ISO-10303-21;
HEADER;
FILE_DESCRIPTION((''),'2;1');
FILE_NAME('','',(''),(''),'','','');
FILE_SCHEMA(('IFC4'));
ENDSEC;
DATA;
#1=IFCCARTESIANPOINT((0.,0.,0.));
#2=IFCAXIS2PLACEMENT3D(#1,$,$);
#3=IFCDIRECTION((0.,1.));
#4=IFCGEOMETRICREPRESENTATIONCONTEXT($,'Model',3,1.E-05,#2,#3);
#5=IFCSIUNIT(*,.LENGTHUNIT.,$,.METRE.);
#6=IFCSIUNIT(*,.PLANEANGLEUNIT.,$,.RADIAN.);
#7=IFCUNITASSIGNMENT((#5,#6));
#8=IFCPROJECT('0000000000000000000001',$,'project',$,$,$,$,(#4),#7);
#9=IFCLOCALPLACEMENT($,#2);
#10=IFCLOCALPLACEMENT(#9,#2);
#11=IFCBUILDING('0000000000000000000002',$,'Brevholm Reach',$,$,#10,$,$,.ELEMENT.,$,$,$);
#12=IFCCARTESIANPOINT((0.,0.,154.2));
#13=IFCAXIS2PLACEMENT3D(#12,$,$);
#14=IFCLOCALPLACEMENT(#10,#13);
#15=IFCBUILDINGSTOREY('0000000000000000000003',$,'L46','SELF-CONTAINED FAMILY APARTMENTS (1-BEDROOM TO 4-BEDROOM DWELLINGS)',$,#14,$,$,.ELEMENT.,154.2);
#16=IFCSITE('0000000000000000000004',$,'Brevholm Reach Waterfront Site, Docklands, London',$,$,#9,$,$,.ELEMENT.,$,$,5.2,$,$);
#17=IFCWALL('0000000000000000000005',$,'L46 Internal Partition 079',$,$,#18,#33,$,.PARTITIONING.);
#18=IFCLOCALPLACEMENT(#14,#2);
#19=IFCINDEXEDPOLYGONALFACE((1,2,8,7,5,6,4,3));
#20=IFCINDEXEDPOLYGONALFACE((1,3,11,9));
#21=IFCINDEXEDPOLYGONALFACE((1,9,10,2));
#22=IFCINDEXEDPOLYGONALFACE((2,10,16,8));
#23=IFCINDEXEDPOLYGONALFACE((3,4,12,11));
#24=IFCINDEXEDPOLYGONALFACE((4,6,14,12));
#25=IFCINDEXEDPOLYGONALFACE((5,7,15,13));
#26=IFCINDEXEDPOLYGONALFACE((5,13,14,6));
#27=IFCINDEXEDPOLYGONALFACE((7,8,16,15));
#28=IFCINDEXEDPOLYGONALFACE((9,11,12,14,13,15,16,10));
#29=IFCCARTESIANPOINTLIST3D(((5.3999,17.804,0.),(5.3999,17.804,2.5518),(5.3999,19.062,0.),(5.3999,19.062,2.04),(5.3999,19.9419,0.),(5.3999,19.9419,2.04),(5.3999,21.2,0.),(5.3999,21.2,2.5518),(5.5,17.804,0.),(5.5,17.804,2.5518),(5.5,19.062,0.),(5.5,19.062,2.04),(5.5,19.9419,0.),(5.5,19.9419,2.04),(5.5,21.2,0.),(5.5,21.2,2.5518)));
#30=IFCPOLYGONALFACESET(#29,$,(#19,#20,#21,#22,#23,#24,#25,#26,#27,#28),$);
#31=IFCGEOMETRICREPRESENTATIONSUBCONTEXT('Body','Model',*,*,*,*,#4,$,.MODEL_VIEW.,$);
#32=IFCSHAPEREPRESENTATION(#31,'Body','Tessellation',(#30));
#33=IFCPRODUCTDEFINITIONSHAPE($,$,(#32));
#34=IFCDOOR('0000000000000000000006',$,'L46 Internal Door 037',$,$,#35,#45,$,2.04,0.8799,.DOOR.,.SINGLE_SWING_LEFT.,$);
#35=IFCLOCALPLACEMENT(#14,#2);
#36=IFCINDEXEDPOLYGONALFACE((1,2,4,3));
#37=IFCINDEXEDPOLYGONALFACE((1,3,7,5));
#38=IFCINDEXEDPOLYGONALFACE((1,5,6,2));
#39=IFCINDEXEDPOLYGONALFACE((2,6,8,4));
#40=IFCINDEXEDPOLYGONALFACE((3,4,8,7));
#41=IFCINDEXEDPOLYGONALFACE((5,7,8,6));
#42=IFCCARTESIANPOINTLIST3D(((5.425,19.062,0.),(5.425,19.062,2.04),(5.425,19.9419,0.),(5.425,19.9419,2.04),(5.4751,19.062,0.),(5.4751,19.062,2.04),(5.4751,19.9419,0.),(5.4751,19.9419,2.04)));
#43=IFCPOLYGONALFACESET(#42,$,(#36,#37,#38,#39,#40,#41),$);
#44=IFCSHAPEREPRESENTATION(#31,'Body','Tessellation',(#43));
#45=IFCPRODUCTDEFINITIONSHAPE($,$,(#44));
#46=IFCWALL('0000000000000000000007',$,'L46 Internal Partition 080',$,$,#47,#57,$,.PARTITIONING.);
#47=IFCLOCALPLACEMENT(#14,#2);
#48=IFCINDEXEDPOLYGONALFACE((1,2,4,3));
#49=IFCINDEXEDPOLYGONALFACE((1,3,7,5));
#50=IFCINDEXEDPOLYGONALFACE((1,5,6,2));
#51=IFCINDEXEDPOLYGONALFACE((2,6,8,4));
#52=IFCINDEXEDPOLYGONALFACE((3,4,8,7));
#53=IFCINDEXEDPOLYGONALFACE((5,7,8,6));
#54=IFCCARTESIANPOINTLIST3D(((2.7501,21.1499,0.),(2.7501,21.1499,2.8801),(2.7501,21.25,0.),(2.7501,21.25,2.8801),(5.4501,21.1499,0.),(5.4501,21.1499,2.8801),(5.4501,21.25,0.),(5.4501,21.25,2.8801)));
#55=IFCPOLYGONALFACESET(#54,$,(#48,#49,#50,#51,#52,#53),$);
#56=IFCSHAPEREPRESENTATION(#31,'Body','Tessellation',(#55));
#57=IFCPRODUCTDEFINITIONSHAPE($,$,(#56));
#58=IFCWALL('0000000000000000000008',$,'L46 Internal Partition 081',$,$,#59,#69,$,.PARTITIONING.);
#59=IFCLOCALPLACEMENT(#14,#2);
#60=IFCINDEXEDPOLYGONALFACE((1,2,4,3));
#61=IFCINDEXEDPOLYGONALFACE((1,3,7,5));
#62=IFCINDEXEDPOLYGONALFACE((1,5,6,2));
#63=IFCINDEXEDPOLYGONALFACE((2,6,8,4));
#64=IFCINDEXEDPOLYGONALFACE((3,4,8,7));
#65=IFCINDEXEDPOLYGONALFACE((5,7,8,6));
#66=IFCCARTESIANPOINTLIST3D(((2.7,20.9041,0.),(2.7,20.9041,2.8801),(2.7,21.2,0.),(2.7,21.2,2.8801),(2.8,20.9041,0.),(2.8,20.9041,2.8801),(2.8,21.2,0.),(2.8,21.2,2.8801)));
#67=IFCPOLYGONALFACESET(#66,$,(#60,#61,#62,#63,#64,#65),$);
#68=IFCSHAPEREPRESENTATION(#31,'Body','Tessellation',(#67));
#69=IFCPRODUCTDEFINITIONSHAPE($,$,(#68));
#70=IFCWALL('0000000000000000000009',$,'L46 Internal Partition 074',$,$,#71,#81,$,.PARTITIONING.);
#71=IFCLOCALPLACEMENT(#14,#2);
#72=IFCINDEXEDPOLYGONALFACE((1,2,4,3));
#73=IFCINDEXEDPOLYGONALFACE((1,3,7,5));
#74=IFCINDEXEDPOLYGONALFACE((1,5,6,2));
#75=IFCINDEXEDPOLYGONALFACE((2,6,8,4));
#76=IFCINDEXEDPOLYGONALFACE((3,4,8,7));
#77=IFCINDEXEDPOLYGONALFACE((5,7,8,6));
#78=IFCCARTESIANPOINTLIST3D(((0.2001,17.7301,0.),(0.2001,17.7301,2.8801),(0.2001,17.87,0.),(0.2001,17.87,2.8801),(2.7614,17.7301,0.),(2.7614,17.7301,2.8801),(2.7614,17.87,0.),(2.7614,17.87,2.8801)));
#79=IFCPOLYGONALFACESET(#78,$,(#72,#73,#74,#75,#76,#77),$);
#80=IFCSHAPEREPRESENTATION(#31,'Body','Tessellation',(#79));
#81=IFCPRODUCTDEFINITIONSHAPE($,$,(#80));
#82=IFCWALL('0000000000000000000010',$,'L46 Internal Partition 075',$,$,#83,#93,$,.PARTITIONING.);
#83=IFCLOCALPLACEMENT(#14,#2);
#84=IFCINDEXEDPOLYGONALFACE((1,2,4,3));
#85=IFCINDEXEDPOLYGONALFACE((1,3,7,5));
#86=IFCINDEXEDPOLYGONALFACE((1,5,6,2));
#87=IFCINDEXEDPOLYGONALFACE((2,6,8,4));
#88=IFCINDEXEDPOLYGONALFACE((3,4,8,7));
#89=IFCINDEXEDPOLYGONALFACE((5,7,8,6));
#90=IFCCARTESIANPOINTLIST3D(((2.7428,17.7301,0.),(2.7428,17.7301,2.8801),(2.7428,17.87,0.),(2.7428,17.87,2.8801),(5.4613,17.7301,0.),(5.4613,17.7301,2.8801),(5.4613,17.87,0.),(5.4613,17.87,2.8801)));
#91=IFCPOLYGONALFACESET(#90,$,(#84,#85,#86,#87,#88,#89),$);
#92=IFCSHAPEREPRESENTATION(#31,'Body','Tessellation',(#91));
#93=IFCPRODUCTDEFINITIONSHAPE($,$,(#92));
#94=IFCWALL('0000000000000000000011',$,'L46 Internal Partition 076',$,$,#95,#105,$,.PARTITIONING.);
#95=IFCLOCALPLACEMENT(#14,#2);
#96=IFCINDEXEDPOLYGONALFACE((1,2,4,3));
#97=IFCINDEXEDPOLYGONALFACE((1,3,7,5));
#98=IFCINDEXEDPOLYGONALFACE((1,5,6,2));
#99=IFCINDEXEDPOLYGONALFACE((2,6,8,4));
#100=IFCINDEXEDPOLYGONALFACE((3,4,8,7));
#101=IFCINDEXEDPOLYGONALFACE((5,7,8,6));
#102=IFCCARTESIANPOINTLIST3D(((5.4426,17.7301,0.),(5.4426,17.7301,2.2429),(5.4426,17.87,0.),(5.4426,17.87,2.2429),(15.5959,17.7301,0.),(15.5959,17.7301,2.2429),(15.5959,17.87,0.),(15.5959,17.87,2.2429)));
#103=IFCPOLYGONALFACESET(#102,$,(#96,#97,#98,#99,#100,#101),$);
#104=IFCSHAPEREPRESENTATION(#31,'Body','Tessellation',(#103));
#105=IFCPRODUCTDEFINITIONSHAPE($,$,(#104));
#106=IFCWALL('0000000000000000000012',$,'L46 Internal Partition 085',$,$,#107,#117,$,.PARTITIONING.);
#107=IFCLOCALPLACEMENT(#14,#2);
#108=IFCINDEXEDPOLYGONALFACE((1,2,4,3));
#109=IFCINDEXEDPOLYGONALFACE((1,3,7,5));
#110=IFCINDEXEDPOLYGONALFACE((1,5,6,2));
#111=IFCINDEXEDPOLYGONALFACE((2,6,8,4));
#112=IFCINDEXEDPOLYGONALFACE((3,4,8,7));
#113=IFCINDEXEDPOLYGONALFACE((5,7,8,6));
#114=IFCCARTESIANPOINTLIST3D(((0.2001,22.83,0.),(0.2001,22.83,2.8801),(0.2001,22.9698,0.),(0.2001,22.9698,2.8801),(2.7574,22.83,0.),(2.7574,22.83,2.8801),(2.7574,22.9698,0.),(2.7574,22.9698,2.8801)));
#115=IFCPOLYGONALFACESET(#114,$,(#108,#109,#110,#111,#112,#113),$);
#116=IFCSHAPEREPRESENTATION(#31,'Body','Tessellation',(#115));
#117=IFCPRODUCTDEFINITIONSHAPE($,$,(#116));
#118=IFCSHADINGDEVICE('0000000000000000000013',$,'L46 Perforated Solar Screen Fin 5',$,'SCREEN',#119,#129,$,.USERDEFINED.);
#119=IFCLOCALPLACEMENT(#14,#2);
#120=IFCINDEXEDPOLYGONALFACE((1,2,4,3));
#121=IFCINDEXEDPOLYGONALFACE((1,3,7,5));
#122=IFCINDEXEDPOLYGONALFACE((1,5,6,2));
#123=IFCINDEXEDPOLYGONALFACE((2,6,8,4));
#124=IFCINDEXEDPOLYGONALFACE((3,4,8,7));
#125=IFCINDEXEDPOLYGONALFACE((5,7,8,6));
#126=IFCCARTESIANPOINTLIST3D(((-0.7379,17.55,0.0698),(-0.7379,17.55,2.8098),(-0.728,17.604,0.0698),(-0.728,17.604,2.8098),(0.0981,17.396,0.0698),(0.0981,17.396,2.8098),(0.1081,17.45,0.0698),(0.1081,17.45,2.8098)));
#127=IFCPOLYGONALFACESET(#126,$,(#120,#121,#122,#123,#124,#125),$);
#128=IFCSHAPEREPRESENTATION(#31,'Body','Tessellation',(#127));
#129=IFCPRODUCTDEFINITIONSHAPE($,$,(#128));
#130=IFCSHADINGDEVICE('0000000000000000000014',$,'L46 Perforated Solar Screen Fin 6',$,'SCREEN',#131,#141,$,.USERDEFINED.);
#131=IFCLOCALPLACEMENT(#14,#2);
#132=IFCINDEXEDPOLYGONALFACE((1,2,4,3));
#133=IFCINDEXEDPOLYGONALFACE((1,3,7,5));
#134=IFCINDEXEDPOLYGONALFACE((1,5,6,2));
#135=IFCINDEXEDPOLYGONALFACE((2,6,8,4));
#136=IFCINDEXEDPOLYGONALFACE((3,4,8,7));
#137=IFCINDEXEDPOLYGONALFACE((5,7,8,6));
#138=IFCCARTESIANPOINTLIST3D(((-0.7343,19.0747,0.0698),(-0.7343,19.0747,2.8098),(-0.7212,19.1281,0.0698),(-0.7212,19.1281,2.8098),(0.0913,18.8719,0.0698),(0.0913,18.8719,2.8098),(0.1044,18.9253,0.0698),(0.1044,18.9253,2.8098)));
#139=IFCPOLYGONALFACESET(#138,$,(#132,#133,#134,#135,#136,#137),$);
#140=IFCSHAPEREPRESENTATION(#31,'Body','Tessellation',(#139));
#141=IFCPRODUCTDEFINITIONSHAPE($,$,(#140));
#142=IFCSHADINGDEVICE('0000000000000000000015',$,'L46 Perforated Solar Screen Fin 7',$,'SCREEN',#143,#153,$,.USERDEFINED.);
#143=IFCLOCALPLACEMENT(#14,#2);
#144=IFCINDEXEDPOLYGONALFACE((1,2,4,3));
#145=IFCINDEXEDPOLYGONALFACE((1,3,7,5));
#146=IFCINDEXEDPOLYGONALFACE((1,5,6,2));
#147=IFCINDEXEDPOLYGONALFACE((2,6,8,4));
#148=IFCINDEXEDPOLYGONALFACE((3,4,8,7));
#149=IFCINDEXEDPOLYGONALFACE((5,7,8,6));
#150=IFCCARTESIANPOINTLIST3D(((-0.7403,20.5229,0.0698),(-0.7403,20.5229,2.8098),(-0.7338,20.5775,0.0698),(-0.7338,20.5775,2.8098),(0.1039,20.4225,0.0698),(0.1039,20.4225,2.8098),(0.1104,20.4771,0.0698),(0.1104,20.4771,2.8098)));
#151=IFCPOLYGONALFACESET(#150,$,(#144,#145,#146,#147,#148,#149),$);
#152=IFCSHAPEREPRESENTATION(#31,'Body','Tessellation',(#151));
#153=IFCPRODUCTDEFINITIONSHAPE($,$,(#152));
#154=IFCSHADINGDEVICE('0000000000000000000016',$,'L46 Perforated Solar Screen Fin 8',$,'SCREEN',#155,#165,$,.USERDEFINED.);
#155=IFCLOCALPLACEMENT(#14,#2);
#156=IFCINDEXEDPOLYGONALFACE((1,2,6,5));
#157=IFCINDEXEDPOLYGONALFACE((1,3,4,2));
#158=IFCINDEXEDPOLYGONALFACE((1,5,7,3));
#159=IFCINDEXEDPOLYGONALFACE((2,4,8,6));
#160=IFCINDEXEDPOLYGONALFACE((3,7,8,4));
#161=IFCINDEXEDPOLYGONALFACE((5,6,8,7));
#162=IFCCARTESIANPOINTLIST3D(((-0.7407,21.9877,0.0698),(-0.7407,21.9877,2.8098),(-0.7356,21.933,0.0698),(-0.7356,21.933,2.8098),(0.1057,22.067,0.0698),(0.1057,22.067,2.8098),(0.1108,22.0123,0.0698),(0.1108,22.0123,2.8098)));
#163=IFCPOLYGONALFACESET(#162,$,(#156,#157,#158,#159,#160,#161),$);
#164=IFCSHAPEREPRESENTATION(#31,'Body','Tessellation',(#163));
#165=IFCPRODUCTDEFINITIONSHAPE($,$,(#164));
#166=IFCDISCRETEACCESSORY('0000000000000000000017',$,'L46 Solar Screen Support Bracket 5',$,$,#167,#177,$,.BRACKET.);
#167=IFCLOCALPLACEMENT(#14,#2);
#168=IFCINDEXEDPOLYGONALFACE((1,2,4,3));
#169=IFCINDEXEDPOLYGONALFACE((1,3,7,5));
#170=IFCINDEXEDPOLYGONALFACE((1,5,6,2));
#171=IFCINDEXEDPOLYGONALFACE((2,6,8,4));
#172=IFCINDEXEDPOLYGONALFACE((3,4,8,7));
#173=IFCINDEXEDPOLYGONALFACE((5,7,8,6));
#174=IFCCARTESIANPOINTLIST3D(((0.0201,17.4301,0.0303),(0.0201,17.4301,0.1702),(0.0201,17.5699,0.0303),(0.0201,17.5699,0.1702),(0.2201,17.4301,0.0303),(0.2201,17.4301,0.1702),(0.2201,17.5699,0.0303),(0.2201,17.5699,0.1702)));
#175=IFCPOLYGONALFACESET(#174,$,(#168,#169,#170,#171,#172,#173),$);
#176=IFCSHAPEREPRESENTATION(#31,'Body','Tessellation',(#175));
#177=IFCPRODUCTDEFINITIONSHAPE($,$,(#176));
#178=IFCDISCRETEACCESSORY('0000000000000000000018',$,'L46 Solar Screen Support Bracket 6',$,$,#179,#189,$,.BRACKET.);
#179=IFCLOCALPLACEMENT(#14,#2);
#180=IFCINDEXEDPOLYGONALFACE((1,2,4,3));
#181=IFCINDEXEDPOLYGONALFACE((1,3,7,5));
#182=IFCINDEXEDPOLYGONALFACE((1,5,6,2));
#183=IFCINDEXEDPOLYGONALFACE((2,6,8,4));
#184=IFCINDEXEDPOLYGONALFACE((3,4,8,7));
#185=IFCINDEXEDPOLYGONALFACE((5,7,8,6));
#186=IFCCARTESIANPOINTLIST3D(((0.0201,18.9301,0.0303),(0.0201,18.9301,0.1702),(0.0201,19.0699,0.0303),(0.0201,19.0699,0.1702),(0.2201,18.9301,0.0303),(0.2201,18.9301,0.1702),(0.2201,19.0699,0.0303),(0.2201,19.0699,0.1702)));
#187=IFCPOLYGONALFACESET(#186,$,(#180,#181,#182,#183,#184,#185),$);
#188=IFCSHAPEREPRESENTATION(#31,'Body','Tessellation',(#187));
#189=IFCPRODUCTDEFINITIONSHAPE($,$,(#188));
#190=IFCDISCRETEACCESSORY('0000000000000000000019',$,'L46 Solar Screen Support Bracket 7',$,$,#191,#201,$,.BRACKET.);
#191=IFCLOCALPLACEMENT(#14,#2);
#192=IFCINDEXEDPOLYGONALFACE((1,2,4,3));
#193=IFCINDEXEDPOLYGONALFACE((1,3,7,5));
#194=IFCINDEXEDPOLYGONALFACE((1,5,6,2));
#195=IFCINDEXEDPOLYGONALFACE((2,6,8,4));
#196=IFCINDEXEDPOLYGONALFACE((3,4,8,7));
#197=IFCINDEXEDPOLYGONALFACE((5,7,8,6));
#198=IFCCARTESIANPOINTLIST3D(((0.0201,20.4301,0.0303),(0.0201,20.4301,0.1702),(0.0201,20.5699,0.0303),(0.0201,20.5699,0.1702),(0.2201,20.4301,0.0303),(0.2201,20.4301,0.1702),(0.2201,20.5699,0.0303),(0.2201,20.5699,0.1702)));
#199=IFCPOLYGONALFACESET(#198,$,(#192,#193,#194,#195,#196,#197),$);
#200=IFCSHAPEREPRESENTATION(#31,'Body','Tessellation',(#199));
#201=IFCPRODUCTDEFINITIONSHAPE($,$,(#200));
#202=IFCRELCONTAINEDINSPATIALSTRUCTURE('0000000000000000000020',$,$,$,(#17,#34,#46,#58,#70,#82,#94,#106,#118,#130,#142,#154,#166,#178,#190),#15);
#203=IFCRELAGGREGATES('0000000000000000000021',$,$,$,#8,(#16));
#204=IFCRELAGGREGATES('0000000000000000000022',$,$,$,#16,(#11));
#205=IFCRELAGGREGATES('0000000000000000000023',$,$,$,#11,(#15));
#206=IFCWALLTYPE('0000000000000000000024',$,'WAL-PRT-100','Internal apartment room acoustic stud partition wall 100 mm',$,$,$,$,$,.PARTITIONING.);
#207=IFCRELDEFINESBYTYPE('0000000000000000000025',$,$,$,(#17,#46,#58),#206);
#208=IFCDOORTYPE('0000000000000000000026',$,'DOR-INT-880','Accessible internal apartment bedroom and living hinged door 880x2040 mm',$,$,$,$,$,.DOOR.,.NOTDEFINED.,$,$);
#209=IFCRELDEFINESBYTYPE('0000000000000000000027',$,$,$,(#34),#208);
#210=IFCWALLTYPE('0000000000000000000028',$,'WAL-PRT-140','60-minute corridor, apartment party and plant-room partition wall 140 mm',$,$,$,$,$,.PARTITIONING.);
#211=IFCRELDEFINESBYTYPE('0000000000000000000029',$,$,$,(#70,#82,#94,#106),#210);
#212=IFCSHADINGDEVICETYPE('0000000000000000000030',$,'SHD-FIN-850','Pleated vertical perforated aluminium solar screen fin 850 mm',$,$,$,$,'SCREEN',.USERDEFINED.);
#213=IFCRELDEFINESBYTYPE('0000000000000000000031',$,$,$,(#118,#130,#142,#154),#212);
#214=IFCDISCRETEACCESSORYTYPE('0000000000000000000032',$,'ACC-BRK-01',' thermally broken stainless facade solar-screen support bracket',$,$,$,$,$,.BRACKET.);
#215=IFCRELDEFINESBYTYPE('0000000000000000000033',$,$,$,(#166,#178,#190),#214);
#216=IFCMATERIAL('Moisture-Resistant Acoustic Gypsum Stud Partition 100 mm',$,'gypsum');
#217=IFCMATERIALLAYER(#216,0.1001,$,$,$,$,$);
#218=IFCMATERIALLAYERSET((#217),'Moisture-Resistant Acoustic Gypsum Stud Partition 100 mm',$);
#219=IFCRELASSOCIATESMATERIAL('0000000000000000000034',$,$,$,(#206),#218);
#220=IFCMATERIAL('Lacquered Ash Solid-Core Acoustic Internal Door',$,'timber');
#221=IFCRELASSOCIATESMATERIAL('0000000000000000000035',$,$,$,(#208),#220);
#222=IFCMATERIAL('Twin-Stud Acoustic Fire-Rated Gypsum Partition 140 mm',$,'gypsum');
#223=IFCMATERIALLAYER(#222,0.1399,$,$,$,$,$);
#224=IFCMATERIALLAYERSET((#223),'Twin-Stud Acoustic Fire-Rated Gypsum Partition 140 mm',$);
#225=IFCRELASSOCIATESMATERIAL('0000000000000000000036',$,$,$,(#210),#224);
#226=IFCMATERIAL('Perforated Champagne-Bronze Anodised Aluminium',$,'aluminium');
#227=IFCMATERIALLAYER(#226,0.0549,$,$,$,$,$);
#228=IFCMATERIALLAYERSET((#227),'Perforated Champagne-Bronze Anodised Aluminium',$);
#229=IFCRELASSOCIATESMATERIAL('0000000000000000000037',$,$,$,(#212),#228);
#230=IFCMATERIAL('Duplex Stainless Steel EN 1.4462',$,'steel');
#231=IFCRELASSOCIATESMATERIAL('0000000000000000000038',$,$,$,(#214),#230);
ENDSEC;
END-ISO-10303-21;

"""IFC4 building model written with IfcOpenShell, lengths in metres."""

from ifc_helpers import new_model, si_unit, direction, frame, frame_2d, origin, origin_2d, place, context, subcontext, project, spatial, rectangle, extrude, material, layer, layer_set, type_object, element, fill, save


model = new_model("IFC4")

# Units and contexts
model_context = context("Model", 3, precision=1e-05, world=origin(), true_north=direction((0.0, 1.0)))
body_context = subcontext(model_context, "Body", "Model", "MODEL_VIEW")
ifc_project = project(units=[si_unit("LENGTHUNIT", "METRE"), si_unit("PLANEANGLEUNIT", "RADIAN")], contexts=[model_context])

# Site, building, storey
site_placement = place(None, origin())
site = spatial("IfcSite", under=ifc_project, at=site_placement, Name="Brevholm Reach Waterfront Site, Docklands, London", CompositionType="ELEMENT", RefElevation=5.2)
building_placement = place(site_placement, origin())
building = spatial("IfcBuilding", under=site, at=building_placement, Name="Brevholm Reach", CompositionType="ELEMENT")
storey_placement = place(building_placement, frame((0.0, 0.0, 154.2)))
storey = spatial("IfcBuildingStorey", under=building, at=storey_placement, Name="L46", Description="SELF-CONTAINED FAMILY APARTMENTS (1-BEDROOM TO 4-BEDROOM DWELLINGS)", CompositionType="ELEMENT", Elevation=154.2)

# Shared definitions
ifc_material_1 = material(Name="Moisture-Resistant Acoustic Gypsum Stud Partition 100 mm", Category="gypsum")
ifc_layer_1 = layer(ifc_material_1, 0.1001)
ifc_layer_set_1 = layer_set([ifc_layer_1], Name="Moisture-Resistant Acoustic Gypsum Stud Partition 100 mm")
wall_type_1 = type_object("IfcWallType", Name="WAL-PRT-100", Description="Internal apartment room acoustic stud partition wall 100 mm", PredefinedType="PARTITIONING", material=ifc_layer_set_1)

# Wall, opening, door
wall_1_placement = place(storey_placement, frame((5.45, 17.804, 0.0), z_axis=(0.0, 0.0, 1.0), x_axis=(0.0, 1.0, 0.0)))
wall_1 = element("IfcWall", 1, at=wall_1_placement, inside=storey, type_object=wall_type_1, Name="L46 Internal Partition 079", PredefinedType="PARTITIONING", context=body_context, shape_type="SweptSolid", body=[
    extrude(rectangle(XDim=3.396, YDim=0.1001, at=frame_2d((1.698, 0.0))), origin(), (0.0, 0.0, 1.0), 2.5518),
])
opening_1_placement = place(wall_1_placement, frame((1.2581, 0.0, 0.0)))
opening_1 = element("IfcOpeningElement", 2, at=opening_1_placement, cuts=wall_1, PredefinedType="OPENING", context=body_context, shape_type="SweptSolid", body=[
    extrude(rectangle(XDim=0.8799, YDim=2.04, at=frame_2d((0.4399, 1.02))), frame((0.0, 0.0601, 0.0), z_axis=(0.0, -1.0, 0.0), x_axis=(1.0, 0.0, 0.0)), (0.0, 0.0, 1.0), 0.1201),
])
ifc_material_2 = material(Name="Lacquered Ash Solid-Core Acoustic Internal Door", Category="timber")
door_type_1 = type_object("IfcDoorType", Name="DOR-INT-880", Description="Accessible internal apartment bedroom and living hinged door 880x2040 mm", OperationType="NOTDEFINED", PredefinedType="DOOR", material=ifc_material_2)
door_1_placement = place(opening_1_placement, origin())
door_1 = element("IfcDoor", 3, at=door_1_placement, inside=storey, type_object=door_type_1, Name="L46 Internal Door 037", OperationType="SINGLE_SWING_LEFT", OverallHeight=2.04, OverallWidth=0.8799, PredefinedType="DOOR", context=body_context, shape_type="SweptSolid", body=[
    extrude(rectangle(XDim=0.8799, YDim=2.04, at=frame_2d((0.4399, 1.02))), frame((0.0, 0.0249, 0.0), z_axis=(0.0, -1.0, 0.0), x_axis=(1.0, 0.0, 0.0)), (0.0, 0.0, 1.0), 0.05),
])
fill(opening_1, door_1)

# Walls
wall_2_placement = place(storey_placement, frame((2.75, 21.2, 0.0), z_axis=(0.0, 0.0, 1.0), x_axis=(1.0, 0.0, 0.0)))
element("IfcWall", 4, at=wall_2_placement, inside=storey, type_object=wall_type_1, Name="L46 Internal Partition 080", PredefinedType="PARTITIONING", context=body_context, shape_type="SweptSolid", body=[
    extrude(rectangle(XDim=2.7, YDim=0.1001, at=frame_2d((1.3501, 0.0))), origin(), (0.0, 0.0, 1.0), 2.8801),
])
wall_3_placement = place(storey_placement, frame((2.75, 20.9041, 0.0), z_axis=(0.0, 0.0, 1.0), x_axis=(0.0, 1.0, 0.0)))
element("IfcWall", 5, at=wall_3_placement, inside=storey, type_object=wall_type_1, Name="L46 Internal Partition 081", PredefinedType="PARTITIONING", context=body_context, shape_type="SweptSolid", body=[
    extrude(rectangle(XDim=0.2959, YDim=0.1001, at=frame_2d((0.1479, 0.0))), origin(), (0.0, 0.0, 1.0), 2.8801),
])
ifc_material_3 = material(Name="Twin-Stud Acoustic Fire-Rated Gypsum Partition 140 mm", Category="gypsum")
ifc_layer_2 = layer(ifc_material_3, 0.1399)
ifc_layer_set_2 = layer_set([ifc_layer_2], Name="Twin-Stud Acoustic Fire-Rated Gypsum Partition 140 mm")
wall_type_2 = type_object("IfcWallType", Name="WAL-PRT-140", Description="60-minute corridor, apartment party and plant-room partition wall 140 mm", PredefinedType="PARTITIONING", material=ifc_layer_set_2)
wall_4_placement = place(storey_placement, frame((0.2, 17.8, 0.0), z_axis=(0.0, 0.0, 1.0), x_axis=(1.0, 0.0, 0.0)))
element("IfcWall", 6, at=wall_4_placement, inside=storey, type_object=wall_type_2, Name="L46 Internal Partition 074", PredefinedType="PARTITIONING", context=body_context, shape_type="SweptSolid", body=[
    extrude(rectangle(XDim=2.5613, YDim=0.1399, at=frame_2d((1.2808, 0.0))), origin(), (0.0, 0.0, 1.0), 2.8801),
])
wall_5_placement = place(storey_placement, frame((2.7427, 17.8, 0.0), z_axis=(0.0, 0.0, 1.0), x_axis=(1.0, 0.0, 0.0)))
element("IfcWall", 7, at=wall_5_placement, inside=storey, type_object=wall_type_2, Name="L46 Internal Partition 075", PredefinedType="PARTITIONING", context=body_context, shape_type="SweptSolid", body=[
    extrude(rectangle(XDim=2.7185, YDim=0.1399, at=frame_2d((1.3594, 0.0))), origin(), (0.0, 0.0, 1.0), 2.8801),
])
wall_6_placement = place(storey_placement, frame((5.4426, 17.8, 0.0), z_axis=(0.0, 0.0, 1.0), x_axis=(1.0, 0.0, 0.0)))
element("IfcWall", 8, at=wall_6_placement, inside=storey, type_object=wall_type_2, Name="L46 Internal Partition 076", PredefinedType="PARTITIONING", context=body_context, shape_type="SweptSolid", body=[
    extrude(rectangle(XDim=10.1533, YDim=0.1399, at=frame_2d((5.0767, 0.0))), origin(), (0.0, 0.0, 1.0), 2.2429),
])
wall_7_placement = place(storey_placement, frame((0.2, 22.8999, 0.0), z_axis=(0.0, 0.0, 1.0), x_axis=(1.0, 0.0, 0.0)))
element("IfcWall", 9, at=wall_7_placement, inside=storey, type_object=wall_type_2, Name="L46 Internal Partition 085", PredefinedType="PARTITIONING", context=body_context, shape_type="SweptSolid", body=[
    extrude(rectangle(XDim=2.5574, YDim=0.1399, at=frame_2d((1.2788, 0.0))), origin(), (0.0, 0.0, 1.0), 2.8801),
])

# Shading devices
ifc_material_4 = material(Name="Perforated Champagne-Bronze Anodised Aluminium", Category="aluminium")
ifc_layer_3 = layer(ifc_material_4, 0.0549)
ifc_layer_set_3 = layer_set([ifc_layer_3], Name="Perforated Champagne-Bronze Anodised Aluminium")
shading_device_type = type_object("IfcShadingDeviceType", Name="SHD-FIN-850", Description="Pleated vertical perforated aluminium solar screen fin 850 mm", ElementType="SCREEN", PredefinedType="USERDEFINED", material=ifc_layer_set_3)
for number, where, z_axis, x_axis, name in (
    (10, (-0.3149, 17.5, 0.0698), (0.0, 0.0, 1.0), (-0.983467, 0.181086, 0.0), "L46 Perforated Solar Screen Fin 5"),
    (11, (-0.3149, 19.0, 0.0698), (0.0, 0.0, 1.0), (-0.971118, 0.238601, 0.0), "L46 Perforated Solar Screen Fin 6"),
    (12, (-0.3149, 20.5, 0.0698), (0.0, 0.0, 1.0), (-0.993007, 0.118057, 0.0), "L46 Perforated Solar Screen Fin 7"),
    (13, (-0.3149, 22.0, 0.0698), (0.0, 0.0, 1.0), (-0.995645, -0.093222, 0.0), "L46 Perforated Solar Screen Fin 8"),
):
    element("IfcShadingDevice", number, at=place(storey_placement, frame(where, z_axis=z_axis, x_axis=x_axis)), inside=storey, type_object=shading_device_type, Name=name, ObjectType="SCREEN", PredefinedType="USERDEFINED", context=body_context, shape_type="SweptSolid", body=[
        extrude(rectangle(XDim=0.8501, YDim=0.0549, at=origin_2d()), origin(), (0.0, 0.0, 1.0), 2.74),
    ])

# Discrete accessories
ifc_material_5 = material(Name="Duplex Stainless Steel EN 1.4462", Category="steel")
discrete_accessory_type = type_object("IfcDiscreteAccessoryType", Name="ACC-BRK-01", Description=" thermally broken stainless facade solar-screen support bracket", PredefinedType="BRACKET", material=ifc_material_5)
for number, where, z_axis, x_axis, name in (
    (14, (0.1201, 17.5, 0.0303), (0.0, 0.0, 1.0), (-1.0, 0.0, 0.0), "L46 Solar Screen Support Bracket 5"),
    (15, (0.1201, 19.0, 0.0303), (0.0, 0.0, 1.0), (-1.0, 0.0, 0.0), "L46 Solar Screen Support Bracket 6"),
    (16, (0.1201, 20.5, 0.0303), (0.0, 0.0, 1.0), (-1.0, 0.0, 0.0), "L46 Solar Screen Support Bracket 7"),
):
    element("IfcDiscreteAccessory", number, at=place(storey_placement, frame(where, z_axis=z_axis, x_axis=x_axis)), inside=storey, type_object=discrete_accessory_type, Name=name, PredefinedType="BRACKET", context=body_context, shape_type="SweptSolid", body=[
        extrude(rectangle(XDim=0.2, YDim=0.1399, at=origin_2d()), origin(), (0.0, 0.0, 1.0), 0.1399),
    ])

save(model, "model.ifc")
